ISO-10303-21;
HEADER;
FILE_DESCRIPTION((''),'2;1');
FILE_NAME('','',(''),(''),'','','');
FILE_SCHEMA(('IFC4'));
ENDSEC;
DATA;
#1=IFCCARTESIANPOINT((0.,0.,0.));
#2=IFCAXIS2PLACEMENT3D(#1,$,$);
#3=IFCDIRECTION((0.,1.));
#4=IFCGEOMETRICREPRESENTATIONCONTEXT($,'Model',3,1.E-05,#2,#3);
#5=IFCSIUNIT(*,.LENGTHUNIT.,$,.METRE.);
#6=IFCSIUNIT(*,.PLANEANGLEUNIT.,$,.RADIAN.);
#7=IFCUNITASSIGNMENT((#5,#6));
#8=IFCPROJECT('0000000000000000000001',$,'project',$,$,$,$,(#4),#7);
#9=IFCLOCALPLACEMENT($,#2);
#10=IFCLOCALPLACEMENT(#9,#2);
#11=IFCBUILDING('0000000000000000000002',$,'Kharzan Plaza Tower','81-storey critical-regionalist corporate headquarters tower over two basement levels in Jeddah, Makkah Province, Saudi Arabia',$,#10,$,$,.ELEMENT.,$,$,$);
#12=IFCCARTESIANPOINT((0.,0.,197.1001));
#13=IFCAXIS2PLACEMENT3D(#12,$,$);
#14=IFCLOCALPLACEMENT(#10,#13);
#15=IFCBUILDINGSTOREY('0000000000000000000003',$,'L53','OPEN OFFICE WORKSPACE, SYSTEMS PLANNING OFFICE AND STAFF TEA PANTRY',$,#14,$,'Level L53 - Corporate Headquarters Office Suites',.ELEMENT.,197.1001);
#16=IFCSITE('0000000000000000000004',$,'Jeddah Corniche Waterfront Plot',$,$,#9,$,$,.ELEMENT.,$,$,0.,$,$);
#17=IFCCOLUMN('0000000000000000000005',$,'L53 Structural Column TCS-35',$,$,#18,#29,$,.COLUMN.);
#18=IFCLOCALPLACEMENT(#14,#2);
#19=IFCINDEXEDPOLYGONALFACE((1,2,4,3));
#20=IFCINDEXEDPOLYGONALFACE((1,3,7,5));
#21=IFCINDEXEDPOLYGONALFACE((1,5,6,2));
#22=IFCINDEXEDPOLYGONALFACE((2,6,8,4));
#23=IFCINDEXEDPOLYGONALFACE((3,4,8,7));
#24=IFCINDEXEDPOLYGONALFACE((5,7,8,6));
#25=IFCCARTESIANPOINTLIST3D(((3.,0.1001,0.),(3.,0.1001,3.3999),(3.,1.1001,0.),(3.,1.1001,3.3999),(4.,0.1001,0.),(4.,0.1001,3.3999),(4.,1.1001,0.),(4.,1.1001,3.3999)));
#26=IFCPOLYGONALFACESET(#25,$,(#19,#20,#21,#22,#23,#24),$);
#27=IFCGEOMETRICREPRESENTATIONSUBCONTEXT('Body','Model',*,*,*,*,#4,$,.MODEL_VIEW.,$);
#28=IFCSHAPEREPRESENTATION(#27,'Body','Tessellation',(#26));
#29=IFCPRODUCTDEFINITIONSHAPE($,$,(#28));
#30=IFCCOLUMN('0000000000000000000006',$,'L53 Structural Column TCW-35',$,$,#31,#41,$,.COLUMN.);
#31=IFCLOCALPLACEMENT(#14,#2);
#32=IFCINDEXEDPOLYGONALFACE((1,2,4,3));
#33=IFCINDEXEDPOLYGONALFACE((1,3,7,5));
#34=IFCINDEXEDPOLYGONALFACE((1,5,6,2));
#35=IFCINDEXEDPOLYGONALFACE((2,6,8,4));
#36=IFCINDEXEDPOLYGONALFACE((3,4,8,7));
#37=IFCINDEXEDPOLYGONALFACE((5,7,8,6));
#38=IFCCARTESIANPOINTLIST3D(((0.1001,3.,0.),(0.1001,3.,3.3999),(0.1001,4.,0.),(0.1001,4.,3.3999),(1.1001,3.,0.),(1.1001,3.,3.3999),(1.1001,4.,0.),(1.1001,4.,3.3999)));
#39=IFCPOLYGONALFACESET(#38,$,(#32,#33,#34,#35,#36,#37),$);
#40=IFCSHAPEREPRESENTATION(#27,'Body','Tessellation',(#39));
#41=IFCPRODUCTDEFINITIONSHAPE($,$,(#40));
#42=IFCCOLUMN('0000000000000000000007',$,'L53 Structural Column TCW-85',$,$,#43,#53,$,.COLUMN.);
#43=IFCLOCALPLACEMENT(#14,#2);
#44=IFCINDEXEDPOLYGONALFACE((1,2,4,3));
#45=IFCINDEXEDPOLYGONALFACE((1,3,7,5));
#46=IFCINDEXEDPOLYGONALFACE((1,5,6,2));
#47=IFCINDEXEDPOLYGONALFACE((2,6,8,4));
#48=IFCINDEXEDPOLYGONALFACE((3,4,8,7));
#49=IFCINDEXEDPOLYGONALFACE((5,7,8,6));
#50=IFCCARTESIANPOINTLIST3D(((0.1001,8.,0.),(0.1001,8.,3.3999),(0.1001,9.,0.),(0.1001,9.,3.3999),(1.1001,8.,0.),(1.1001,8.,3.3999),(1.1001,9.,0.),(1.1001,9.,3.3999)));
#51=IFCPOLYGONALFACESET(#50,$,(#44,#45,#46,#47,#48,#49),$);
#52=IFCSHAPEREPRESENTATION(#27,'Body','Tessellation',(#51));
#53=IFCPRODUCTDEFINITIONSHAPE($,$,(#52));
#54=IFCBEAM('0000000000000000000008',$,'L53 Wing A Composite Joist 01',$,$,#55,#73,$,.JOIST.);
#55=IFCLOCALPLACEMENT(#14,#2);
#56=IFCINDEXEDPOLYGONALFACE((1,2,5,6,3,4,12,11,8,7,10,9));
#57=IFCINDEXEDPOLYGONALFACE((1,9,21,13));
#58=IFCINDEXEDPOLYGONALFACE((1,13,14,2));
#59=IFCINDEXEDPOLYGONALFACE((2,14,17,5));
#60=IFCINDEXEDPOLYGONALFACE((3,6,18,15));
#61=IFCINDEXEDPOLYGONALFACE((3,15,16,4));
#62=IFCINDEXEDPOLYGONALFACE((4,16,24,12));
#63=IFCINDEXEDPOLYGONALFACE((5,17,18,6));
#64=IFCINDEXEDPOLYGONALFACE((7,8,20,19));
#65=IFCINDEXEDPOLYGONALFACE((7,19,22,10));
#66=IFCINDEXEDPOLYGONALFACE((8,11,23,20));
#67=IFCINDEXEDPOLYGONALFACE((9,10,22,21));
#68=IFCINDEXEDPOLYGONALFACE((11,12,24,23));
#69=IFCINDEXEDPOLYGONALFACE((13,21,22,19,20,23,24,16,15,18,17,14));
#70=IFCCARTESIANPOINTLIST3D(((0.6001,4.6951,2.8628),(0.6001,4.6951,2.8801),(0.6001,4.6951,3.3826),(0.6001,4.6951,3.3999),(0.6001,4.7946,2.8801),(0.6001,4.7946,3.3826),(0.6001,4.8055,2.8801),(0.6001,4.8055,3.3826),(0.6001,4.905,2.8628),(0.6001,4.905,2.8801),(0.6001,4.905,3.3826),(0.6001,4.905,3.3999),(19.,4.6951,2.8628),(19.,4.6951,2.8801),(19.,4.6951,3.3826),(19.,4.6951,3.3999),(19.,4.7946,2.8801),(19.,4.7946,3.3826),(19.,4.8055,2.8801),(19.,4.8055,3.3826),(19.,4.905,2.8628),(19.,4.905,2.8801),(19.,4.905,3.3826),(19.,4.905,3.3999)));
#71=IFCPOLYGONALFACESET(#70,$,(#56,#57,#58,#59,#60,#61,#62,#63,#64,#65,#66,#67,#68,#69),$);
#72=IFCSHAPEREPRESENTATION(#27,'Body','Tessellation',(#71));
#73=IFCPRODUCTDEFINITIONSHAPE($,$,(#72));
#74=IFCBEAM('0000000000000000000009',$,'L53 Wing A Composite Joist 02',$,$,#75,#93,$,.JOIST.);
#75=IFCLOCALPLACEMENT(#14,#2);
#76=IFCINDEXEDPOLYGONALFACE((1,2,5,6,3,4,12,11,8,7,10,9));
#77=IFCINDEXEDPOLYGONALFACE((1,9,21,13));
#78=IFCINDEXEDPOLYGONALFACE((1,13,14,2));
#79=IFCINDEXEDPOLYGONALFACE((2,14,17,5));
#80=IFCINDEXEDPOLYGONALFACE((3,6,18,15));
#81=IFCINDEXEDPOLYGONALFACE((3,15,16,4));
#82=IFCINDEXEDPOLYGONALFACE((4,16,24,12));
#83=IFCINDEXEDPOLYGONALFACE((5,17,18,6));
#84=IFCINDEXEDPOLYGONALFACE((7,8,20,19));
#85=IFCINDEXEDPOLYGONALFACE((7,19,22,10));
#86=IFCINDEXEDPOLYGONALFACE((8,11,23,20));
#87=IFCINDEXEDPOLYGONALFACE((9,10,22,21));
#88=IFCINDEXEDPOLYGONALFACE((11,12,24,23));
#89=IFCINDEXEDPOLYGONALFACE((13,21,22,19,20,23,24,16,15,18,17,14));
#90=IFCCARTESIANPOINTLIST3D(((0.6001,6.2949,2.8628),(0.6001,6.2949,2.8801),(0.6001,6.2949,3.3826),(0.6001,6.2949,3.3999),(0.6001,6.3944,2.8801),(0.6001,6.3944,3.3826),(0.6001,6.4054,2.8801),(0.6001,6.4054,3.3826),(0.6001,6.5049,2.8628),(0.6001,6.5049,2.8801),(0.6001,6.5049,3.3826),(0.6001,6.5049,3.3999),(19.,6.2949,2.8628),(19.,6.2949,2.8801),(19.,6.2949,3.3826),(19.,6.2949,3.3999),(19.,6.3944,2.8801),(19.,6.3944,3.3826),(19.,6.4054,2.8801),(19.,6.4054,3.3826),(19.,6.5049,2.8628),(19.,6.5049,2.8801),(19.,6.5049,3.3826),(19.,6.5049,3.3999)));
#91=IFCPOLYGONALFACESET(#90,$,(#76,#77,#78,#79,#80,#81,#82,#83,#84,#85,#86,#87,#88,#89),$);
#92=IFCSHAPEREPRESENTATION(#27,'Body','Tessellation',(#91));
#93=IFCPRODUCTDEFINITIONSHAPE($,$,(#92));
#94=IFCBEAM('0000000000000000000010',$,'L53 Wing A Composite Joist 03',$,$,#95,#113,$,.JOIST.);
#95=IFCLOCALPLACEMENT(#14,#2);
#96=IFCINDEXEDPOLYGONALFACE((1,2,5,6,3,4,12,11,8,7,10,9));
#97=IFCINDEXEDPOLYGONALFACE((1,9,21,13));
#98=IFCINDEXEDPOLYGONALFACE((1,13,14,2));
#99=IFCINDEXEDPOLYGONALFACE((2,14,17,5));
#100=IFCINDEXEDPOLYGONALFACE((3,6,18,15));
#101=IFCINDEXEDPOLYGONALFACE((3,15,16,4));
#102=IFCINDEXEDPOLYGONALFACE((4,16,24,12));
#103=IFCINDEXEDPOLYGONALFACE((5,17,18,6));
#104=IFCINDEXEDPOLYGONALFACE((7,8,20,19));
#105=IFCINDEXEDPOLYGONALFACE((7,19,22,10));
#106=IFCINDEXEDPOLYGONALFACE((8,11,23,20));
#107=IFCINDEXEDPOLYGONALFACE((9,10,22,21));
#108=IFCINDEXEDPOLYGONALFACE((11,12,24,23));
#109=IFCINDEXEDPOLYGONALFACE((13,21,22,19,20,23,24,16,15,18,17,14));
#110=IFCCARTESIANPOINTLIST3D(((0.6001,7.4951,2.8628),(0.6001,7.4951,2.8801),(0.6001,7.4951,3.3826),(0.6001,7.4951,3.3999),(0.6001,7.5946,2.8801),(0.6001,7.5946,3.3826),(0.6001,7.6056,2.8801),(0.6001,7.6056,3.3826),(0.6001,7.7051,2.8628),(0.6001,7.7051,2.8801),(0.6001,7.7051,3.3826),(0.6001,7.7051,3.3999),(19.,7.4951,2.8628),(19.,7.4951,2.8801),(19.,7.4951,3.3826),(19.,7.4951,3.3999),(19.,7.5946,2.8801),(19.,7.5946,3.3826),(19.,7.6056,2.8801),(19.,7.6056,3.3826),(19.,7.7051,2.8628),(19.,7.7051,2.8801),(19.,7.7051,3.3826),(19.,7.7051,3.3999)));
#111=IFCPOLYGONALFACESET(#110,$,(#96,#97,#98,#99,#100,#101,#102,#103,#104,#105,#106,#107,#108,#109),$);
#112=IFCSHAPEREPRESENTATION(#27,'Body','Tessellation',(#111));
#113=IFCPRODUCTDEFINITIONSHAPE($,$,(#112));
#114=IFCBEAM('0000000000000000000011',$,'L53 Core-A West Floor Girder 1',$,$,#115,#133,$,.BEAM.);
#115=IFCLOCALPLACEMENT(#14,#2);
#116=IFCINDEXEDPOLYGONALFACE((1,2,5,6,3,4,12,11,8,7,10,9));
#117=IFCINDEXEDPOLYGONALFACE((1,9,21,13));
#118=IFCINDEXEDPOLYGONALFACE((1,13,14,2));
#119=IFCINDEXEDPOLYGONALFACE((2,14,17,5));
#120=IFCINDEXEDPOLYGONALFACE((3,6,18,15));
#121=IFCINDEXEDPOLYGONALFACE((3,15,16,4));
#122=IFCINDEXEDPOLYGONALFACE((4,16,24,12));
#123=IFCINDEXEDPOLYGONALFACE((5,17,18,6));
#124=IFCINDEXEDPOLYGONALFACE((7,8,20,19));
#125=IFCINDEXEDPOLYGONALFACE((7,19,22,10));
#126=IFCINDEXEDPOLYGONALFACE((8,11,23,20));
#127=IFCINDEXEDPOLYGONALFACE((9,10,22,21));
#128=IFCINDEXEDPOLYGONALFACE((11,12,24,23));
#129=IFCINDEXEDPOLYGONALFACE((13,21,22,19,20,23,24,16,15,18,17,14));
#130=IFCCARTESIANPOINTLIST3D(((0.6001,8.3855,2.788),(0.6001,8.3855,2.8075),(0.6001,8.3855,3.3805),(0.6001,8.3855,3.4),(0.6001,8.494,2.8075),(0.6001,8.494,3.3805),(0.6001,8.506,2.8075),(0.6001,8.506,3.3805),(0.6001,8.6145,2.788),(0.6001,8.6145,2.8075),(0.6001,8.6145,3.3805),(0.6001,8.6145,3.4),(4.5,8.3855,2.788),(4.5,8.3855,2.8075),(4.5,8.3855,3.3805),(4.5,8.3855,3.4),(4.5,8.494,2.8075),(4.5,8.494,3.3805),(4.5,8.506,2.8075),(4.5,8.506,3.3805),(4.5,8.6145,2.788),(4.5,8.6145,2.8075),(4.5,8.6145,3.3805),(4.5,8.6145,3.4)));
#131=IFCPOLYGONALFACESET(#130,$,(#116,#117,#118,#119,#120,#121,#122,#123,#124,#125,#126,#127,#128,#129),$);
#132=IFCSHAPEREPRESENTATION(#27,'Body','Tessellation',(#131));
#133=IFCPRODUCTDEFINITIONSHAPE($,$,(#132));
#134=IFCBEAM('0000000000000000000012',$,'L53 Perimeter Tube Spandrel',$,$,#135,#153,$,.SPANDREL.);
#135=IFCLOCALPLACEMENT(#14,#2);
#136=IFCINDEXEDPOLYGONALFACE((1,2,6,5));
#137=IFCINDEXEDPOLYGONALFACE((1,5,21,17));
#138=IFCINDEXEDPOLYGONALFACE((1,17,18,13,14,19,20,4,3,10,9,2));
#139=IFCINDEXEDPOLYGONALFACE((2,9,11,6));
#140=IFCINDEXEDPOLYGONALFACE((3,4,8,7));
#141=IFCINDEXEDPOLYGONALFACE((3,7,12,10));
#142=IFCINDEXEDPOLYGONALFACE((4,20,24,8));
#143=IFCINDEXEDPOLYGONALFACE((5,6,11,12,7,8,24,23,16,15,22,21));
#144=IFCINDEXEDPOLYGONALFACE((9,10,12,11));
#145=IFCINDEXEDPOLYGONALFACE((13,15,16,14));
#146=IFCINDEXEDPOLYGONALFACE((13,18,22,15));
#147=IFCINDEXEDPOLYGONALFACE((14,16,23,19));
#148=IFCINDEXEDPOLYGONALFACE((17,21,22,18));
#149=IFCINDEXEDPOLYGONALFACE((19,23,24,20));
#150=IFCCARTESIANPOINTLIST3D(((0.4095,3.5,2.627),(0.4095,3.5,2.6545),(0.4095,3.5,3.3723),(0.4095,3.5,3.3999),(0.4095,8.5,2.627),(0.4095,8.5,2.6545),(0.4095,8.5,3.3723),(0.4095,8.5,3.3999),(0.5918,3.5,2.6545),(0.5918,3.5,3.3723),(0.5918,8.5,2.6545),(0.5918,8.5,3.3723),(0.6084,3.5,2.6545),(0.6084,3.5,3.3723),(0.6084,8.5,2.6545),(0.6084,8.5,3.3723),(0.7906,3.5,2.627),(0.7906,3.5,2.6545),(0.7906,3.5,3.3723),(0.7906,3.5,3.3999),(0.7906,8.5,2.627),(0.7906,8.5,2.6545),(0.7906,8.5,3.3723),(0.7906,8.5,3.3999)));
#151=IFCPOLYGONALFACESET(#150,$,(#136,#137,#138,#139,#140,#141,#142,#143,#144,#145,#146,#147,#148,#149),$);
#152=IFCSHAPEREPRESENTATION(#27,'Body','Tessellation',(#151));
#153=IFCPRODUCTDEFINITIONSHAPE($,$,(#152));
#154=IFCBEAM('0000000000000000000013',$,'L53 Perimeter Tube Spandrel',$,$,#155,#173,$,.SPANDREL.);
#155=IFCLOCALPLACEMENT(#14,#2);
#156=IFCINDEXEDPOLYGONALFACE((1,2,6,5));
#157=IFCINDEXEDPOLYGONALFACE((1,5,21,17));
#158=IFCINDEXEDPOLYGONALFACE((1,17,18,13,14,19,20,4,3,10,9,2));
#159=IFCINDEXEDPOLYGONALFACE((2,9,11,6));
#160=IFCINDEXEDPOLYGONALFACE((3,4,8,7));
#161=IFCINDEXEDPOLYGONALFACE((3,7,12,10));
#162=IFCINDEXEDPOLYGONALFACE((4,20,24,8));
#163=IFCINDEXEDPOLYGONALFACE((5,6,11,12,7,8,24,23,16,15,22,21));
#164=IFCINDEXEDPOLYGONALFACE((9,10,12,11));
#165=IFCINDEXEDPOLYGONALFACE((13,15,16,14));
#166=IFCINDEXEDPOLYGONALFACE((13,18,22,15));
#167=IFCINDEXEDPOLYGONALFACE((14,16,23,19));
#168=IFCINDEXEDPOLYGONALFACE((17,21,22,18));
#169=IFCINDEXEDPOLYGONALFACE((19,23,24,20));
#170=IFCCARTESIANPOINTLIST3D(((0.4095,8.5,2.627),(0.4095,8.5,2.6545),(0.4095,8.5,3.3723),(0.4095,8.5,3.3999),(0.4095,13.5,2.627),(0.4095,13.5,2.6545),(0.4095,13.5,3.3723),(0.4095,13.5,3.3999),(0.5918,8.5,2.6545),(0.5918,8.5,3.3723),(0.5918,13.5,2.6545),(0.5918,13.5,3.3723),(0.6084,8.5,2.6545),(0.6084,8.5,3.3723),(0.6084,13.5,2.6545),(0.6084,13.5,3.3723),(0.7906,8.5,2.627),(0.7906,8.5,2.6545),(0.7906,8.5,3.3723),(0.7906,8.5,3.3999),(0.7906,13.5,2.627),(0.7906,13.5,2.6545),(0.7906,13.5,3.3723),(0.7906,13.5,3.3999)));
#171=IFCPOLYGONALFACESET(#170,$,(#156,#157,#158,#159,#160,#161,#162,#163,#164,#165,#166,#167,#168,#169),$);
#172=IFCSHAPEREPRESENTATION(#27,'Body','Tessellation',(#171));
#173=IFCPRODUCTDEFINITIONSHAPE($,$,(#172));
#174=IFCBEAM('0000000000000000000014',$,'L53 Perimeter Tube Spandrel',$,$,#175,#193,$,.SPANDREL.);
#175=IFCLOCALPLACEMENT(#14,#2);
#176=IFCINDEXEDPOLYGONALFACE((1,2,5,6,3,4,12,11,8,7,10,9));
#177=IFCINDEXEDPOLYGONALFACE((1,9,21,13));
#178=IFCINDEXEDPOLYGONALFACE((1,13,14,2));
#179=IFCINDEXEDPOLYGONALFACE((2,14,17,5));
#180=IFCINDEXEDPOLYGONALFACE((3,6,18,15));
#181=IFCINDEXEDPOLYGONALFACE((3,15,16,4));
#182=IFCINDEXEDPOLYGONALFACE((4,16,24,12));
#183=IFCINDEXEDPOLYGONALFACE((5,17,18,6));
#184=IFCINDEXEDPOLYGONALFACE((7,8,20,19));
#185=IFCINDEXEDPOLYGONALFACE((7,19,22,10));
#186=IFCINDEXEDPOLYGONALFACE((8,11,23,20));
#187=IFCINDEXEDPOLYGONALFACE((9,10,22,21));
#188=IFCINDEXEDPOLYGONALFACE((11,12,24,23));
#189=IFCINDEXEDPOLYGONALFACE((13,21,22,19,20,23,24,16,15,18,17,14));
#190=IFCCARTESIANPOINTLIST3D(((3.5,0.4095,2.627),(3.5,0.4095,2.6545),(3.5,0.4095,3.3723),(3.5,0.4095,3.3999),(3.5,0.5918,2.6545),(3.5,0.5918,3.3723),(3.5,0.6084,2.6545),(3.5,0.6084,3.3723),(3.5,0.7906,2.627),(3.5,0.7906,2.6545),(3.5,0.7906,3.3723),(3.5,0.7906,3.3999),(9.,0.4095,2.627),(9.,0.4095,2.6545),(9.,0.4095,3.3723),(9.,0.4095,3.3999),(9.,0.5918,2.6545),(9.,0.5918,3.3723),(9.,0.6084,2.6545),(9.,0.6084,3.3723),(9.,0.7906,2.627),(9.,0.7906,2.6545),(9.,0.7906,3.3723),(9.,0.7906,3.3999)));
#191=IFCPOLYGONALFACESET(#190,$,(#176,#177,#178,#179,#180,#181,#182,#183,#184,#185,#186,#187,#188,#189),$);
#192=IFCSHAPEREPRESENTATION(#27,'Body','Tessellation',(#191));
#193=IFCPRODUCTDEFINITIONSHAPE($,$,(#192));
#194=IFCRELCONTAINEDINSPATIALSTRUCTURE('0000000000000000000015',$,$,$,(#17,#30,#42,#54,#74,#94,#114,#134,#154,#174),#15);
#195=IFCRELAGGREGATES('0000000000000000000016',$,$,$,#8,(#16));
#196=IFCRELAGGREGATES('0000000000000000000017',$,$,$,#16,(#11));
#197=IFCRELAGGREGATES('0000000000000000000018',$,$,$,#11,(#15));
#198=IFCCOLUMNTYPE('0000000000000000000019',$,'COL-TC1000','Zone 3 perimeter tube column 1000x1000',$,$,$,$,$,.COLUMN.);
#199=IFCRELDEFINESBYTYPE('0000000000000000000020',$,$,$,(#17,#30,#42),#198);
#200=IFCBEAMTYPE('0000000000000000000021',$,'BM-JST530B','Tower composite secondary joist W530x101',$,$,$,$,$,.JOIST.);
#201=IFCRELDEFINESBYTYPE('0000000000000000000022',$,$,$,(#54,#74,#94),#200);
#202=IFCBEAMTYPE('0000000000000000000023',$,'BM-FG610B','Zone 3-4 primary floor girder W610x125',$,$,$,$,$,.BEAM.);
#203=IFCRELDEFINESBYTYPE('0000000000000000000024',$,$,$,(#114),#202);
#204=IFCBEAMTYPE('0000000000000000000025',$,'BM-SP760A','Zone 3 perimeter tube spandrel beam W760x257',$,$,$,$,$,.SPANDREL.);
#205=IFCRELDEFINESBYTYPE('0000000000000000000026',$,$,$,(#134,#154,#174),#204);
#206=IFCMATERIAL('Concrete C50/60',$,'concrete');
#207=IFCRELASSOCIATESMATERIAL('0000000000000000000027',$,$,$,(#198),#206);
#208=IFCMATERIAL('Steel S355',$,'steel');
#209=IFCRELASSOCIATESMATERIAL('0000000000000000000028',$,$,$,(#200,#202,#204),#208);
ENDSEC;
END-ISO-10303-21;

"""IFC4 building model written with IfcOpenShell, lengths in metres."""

from ifc_helpers import new_model, si_unit, direction, frame, origin, origin_2d, place, context, subcontext, project, spatial, rectangle, i_section, extrude, source, transform, mapped, material, material_profile, profile_set, type_object, element, save


model = new_model("IFC4")

# Units and contexts
model_context = context("Model", 3, precision=1e-05, world=origin(), true_north=direction((0.0, 1.0)))
body_context = subcontext(model_context, "Body", "Model", "MODEL_VIEW")
ifc_project = project(units=[si_unit("LENGTHUNIT", "METRE"), si_unit("PLANEANGLEUNIT", "RADIAN")], contexts=[model_context])

# Site, building, storey
site_placement = place(None, origin())
site = spatial("IfcSite", under=ifc_project, at=site_placement, Name="Jeddah Corniche Waterfront Plot", CompositionType="ELEMENT", RefElevation=0.0)
building_placement = place(site_placement, origin())
building = spatial("IfcBuilding", under=site, at=building_placement, Name="Kharzan Plaza Tower", Description="81-storey critical-regionalist corporate headquarters tower over two basement levels in Jeddah, Makkah Province, Saudi Arabia", CompositionType="ELEMENT")
storey_placement = place(building_placement, frame((0.0, 0.0, 197.1001)))
storey = spatial("IfcBuildingStorey", under=building, at=storey_placement, Name="L53", Description="OPEN OFFICE WORKSPACE, SYSTEMS PLANNING OFFICE AND STAFF TEA PANTRY", LongName="Level L53 - Corporate Headquarters Office Suites", CompositionType="ELEMENT", Elevation=197.1001)

# Columns
ifc_material_1 = material(Name="Concrete C50/60", Category="concrete")
ifc_material_profile_1 = material_profile(ifc_material_1, rectangle(XDim=1.0, YDim=1.0, at=origin_2d()), Name="RC-TC1000x1000")
ifc_profile_set_1 = profile_set([ifc_material_profile_1], Name="Concrete C50/60")
column_type = type_object("IfcColumnType", Name="COL-TC1000", Description="Zone 3 perimeter tube column 1000x1000", PredefinedType="COLUMN", material=ifc_profile_set_1)
shared_shape_1 = source(origin(), body_context, "Body", "SweptSolid", [
    extrude(rectangle(XDim=1.0, YDim=1.0, at=origin_2d()), origin(), (0.0, 0.0, 1.0), 3.3999),
])
for number, where, z_axis, x_axis, name in (
    (1, (3.5, 0.6001, 0.0), (0.0, 0.0, 1.0), (1.0, 0.0, 0.0), "L53 Structural Column TCS-35"),
    (2, (0.6001, 3.5, 0.0), (0.0, 0.0, 1.0), (1.0, 0.0, 0.0), "L53 Structural Column TCW-35"),
    (3, (0.6001, 8.5, 0.0), (0.0, 0.0, 1.0), (1.0, 0.0, 0.0), "L53 Structural Column TCW-85"),
):
    element("IfcColumn", number, at=place(storey_placement, frame(where, z_axis=z_axis, x_axis=x_axis)), inside=storey, type_object=column_type, Name=name, PredefinedType="COLUMN", context=body_context, shape_type="MappedRepresentation", body=[
        mapped(shared_shape_1, transform((0.0, 0.0, 0.0), x_axis=(1.0, 0.0, 0.0), y_axis=(0.0, 1.0, 0.0), z_axis=(0.0, 0.0, 1.0))),
    ])

# Beams
ifc_material_2 = material(Name="Steel S355", Category="steel")
ifc_material_profile_2 = material_profile(ifc_material_2, i_section(OverallWidth=0.21, OverallDepth=0.5371, WebThickness=0.011, FlangeThickness=0.0173, at=origin_2d()), Name="W530x101")
ifc_profile_set_2 = profile_set([ifc_material_profile_2], Name="Steel S355")
beam_type_1 = type_object("IfcBeamType", Name="BM-JST530B", Description="Tower composite secondary joist W530x101", PredefinedType="JOIST", material=ifc_profile_set_2)
shared_shape_2 = source(origin(), body_context, "Body", "SweptSolid", [
    extrude(i_section(OverallWidth=0.21, OverallDepth=0.5371, WebThickness=0.011, FlangeThickness=0.0173, at=origin_2d()), origin(), (0.0, 0.0, 1.0), 18.3999),
])
for number, where, z_axis, x_axis, name in (
    (4, (0.6001, 4.8, 3.1313), (1.0, 0.0, 0.0), (0.0, 1.0, 0.0), "L53 Wing A Composite Joist 01"),
    (5, (0.6001, 6.3999, 3.1313), (1.0, 0.0, 0.0), (0.0, 1.0, 0.0), "L53 Wing A Composite Joist 02"),
    (6, (0.6001, 7.6001, 3.1313), (1.0, 0.0, 0.0), (0.0, 1.0, 0.0), "L53 Wing A Composite Joist 03"),
):
    element("IfcBeam", number, at=place(storey_placement, frame(where, z_axis=z_axis, x_axis=x_axis)), inside=storey, type_object=beam_type_1, Name=name, PredefinedType="JOIST", context=body_context, shape_type="MappedRepresentation", body=[
        mapped(shared_shape_2, transform((0.0, 0.0, 0.0), x_axis=(1.0, 0.0, 0.0), y_axis=(0.0, 1.0, 0.0), z_axis=(0.0, 0.0, 1.0))),
    ])
ifc_material_profile_3 = material_profile(ifc_material_2, i_section(OverallWidth=0.229, OverallDepth=0.6121, WebThickness=0.012, FlangeThickness=0.0195, at=origin_2d()), Name="W610x125")
ifc_profile_set_3 = profile_set([ifc_material_profile_3], Name="Steel S355")
beam_type_2 = type_object("IfcBeamType", Name="BM-FG610B", Description="Zone 3-4 primary floor girder W610x125", PredefinedType="BEAM", material=ifc_profile_set_3)
shared_shape_3 = source(origin(), body_context, "Body", "SweptSolid", [
    extrude(i_section(OverallWidth=0.229, OverallDepth=0.6121, WebThickness=0.012, FlangeThickness=0.0195, at=origin_2d()), origin(), (0.0, 0.0, 1.0), 3.8999),
])
beam_1_placement = place(storey_placement, frame((0.6001, 8.5, 3.094), z_axis=(1.0, 0.0, 0.0), x_axis=(0.0, 1.0, 0.0)))
element("IfcBeam", 7, at=beam_1_placement, inside=storey, type_object=beam_type_2, Name="L53 Core-A West Floor Girder 1", PredefinedType="BEAM", context=body_context, shape_type="MappedRepresentation", body=[
    mapped(shared_shape_3, transform((0.0, 0.0, 0.0), x_axis=(1.0, 0.0, 0.0), y_axis=(0.0, 1.0, 0.0), z_axis=(0.0, 0.0, 1.0))),
])
ifc_material_profile_4 = material_profile(ifc_material_2, i_section(OverallWidth=0.3811, OverallDepth=0.7729, WebThickness=0.0166, FlangeThickness=0.0276, at=origin_2d()), Name="W760x257")
ifc_profile_set_4 = profile_set([ifc_material_profile_4], Name="Steel S355")
beam_type_3 = type_object("IfcBeamType", Name="BM-SP760A", Description="Zone 3 perimeter tube spandrel beam W760x257", PredefinedType="SPANDREL", material=ifc_profile_set_4)
shared_shape_4 = source(origin(), body_context, "Body", "SweptSolid", [
    extrude(i_section(OverallWidth=0.3811, OverallDepth=0.7729, WebThickness=0.0166, FlangeThickness=0.0276, at=origin_2d()), origin(), (0.0, 0.0, 1.0), 5.0),
])
for number, where, z_axis, x_axis, name in (
    (8, (0.6001, 3.5, 3.0134), (0.0, 1.0, 0.0), (-1.0, 0.0, 0.0), "L53 Perimeter Tube Spandrel"),
    (9, (0.6001, 8.5, 3.0134), (0.0, 1.0, 0.0), (-1.0, 0.0, 0.0), "L53 Perimeter Tube Spandrel"),
):
    element("IfcBeam", number, at=place(storey_placement, frame(where, z_axis=z_axis, x_axis=x_axis)), inside=storey, type_object=beam_type_3, Name=name, PredefinedType="SPANDREL", context=body_context, shape_type="MappedRepresentation", body=[
        mapped(shared_shape_4, transform((0.0, 0.0, 0.0), x_axis=(1.0, 0.0, 0.0), y_axis=(0.0, 1.0, 0.0), z_axis=(0.0, 0.0, 1.0))),
    ])
shared_shape_5 = source(origin(), body_context, "Body", "SweptSolid", [
    extrude(i_section(OverallWidth=0.3811, OverallDepth=0.7729, WebThickness=0.0166, FlangeThickness=0.0276, at=origin_2d()), origin(), (0.0, 0.0, 1.0), 5.5),
])
beam_2_placement = place(storey_placement, frame((3.5, 0.6001, 3.0134), z_axis=(1.0, 0.0, 0.0), x_axis=(0.0, 1.0, 0.0)))
element("IfcBeam", 10, at=beam_2_placement, inside=storey, type_object=beam_type_3, Name="L53 Perimeter Tube Spandrel", PredefinedType="SPANDREL", context=body_context, shape_type="MappedRepresentation", body=[
    mapped(shared_shape_5, transform((0.0, 0.0, 0.0), x_axis=(1.0, 0.0, 0.0), y_axis=(0.0, 1.0, 0.0), z_axis=(0.0, 0.0, 1.0))),
])

save(model, "model.ifc")
